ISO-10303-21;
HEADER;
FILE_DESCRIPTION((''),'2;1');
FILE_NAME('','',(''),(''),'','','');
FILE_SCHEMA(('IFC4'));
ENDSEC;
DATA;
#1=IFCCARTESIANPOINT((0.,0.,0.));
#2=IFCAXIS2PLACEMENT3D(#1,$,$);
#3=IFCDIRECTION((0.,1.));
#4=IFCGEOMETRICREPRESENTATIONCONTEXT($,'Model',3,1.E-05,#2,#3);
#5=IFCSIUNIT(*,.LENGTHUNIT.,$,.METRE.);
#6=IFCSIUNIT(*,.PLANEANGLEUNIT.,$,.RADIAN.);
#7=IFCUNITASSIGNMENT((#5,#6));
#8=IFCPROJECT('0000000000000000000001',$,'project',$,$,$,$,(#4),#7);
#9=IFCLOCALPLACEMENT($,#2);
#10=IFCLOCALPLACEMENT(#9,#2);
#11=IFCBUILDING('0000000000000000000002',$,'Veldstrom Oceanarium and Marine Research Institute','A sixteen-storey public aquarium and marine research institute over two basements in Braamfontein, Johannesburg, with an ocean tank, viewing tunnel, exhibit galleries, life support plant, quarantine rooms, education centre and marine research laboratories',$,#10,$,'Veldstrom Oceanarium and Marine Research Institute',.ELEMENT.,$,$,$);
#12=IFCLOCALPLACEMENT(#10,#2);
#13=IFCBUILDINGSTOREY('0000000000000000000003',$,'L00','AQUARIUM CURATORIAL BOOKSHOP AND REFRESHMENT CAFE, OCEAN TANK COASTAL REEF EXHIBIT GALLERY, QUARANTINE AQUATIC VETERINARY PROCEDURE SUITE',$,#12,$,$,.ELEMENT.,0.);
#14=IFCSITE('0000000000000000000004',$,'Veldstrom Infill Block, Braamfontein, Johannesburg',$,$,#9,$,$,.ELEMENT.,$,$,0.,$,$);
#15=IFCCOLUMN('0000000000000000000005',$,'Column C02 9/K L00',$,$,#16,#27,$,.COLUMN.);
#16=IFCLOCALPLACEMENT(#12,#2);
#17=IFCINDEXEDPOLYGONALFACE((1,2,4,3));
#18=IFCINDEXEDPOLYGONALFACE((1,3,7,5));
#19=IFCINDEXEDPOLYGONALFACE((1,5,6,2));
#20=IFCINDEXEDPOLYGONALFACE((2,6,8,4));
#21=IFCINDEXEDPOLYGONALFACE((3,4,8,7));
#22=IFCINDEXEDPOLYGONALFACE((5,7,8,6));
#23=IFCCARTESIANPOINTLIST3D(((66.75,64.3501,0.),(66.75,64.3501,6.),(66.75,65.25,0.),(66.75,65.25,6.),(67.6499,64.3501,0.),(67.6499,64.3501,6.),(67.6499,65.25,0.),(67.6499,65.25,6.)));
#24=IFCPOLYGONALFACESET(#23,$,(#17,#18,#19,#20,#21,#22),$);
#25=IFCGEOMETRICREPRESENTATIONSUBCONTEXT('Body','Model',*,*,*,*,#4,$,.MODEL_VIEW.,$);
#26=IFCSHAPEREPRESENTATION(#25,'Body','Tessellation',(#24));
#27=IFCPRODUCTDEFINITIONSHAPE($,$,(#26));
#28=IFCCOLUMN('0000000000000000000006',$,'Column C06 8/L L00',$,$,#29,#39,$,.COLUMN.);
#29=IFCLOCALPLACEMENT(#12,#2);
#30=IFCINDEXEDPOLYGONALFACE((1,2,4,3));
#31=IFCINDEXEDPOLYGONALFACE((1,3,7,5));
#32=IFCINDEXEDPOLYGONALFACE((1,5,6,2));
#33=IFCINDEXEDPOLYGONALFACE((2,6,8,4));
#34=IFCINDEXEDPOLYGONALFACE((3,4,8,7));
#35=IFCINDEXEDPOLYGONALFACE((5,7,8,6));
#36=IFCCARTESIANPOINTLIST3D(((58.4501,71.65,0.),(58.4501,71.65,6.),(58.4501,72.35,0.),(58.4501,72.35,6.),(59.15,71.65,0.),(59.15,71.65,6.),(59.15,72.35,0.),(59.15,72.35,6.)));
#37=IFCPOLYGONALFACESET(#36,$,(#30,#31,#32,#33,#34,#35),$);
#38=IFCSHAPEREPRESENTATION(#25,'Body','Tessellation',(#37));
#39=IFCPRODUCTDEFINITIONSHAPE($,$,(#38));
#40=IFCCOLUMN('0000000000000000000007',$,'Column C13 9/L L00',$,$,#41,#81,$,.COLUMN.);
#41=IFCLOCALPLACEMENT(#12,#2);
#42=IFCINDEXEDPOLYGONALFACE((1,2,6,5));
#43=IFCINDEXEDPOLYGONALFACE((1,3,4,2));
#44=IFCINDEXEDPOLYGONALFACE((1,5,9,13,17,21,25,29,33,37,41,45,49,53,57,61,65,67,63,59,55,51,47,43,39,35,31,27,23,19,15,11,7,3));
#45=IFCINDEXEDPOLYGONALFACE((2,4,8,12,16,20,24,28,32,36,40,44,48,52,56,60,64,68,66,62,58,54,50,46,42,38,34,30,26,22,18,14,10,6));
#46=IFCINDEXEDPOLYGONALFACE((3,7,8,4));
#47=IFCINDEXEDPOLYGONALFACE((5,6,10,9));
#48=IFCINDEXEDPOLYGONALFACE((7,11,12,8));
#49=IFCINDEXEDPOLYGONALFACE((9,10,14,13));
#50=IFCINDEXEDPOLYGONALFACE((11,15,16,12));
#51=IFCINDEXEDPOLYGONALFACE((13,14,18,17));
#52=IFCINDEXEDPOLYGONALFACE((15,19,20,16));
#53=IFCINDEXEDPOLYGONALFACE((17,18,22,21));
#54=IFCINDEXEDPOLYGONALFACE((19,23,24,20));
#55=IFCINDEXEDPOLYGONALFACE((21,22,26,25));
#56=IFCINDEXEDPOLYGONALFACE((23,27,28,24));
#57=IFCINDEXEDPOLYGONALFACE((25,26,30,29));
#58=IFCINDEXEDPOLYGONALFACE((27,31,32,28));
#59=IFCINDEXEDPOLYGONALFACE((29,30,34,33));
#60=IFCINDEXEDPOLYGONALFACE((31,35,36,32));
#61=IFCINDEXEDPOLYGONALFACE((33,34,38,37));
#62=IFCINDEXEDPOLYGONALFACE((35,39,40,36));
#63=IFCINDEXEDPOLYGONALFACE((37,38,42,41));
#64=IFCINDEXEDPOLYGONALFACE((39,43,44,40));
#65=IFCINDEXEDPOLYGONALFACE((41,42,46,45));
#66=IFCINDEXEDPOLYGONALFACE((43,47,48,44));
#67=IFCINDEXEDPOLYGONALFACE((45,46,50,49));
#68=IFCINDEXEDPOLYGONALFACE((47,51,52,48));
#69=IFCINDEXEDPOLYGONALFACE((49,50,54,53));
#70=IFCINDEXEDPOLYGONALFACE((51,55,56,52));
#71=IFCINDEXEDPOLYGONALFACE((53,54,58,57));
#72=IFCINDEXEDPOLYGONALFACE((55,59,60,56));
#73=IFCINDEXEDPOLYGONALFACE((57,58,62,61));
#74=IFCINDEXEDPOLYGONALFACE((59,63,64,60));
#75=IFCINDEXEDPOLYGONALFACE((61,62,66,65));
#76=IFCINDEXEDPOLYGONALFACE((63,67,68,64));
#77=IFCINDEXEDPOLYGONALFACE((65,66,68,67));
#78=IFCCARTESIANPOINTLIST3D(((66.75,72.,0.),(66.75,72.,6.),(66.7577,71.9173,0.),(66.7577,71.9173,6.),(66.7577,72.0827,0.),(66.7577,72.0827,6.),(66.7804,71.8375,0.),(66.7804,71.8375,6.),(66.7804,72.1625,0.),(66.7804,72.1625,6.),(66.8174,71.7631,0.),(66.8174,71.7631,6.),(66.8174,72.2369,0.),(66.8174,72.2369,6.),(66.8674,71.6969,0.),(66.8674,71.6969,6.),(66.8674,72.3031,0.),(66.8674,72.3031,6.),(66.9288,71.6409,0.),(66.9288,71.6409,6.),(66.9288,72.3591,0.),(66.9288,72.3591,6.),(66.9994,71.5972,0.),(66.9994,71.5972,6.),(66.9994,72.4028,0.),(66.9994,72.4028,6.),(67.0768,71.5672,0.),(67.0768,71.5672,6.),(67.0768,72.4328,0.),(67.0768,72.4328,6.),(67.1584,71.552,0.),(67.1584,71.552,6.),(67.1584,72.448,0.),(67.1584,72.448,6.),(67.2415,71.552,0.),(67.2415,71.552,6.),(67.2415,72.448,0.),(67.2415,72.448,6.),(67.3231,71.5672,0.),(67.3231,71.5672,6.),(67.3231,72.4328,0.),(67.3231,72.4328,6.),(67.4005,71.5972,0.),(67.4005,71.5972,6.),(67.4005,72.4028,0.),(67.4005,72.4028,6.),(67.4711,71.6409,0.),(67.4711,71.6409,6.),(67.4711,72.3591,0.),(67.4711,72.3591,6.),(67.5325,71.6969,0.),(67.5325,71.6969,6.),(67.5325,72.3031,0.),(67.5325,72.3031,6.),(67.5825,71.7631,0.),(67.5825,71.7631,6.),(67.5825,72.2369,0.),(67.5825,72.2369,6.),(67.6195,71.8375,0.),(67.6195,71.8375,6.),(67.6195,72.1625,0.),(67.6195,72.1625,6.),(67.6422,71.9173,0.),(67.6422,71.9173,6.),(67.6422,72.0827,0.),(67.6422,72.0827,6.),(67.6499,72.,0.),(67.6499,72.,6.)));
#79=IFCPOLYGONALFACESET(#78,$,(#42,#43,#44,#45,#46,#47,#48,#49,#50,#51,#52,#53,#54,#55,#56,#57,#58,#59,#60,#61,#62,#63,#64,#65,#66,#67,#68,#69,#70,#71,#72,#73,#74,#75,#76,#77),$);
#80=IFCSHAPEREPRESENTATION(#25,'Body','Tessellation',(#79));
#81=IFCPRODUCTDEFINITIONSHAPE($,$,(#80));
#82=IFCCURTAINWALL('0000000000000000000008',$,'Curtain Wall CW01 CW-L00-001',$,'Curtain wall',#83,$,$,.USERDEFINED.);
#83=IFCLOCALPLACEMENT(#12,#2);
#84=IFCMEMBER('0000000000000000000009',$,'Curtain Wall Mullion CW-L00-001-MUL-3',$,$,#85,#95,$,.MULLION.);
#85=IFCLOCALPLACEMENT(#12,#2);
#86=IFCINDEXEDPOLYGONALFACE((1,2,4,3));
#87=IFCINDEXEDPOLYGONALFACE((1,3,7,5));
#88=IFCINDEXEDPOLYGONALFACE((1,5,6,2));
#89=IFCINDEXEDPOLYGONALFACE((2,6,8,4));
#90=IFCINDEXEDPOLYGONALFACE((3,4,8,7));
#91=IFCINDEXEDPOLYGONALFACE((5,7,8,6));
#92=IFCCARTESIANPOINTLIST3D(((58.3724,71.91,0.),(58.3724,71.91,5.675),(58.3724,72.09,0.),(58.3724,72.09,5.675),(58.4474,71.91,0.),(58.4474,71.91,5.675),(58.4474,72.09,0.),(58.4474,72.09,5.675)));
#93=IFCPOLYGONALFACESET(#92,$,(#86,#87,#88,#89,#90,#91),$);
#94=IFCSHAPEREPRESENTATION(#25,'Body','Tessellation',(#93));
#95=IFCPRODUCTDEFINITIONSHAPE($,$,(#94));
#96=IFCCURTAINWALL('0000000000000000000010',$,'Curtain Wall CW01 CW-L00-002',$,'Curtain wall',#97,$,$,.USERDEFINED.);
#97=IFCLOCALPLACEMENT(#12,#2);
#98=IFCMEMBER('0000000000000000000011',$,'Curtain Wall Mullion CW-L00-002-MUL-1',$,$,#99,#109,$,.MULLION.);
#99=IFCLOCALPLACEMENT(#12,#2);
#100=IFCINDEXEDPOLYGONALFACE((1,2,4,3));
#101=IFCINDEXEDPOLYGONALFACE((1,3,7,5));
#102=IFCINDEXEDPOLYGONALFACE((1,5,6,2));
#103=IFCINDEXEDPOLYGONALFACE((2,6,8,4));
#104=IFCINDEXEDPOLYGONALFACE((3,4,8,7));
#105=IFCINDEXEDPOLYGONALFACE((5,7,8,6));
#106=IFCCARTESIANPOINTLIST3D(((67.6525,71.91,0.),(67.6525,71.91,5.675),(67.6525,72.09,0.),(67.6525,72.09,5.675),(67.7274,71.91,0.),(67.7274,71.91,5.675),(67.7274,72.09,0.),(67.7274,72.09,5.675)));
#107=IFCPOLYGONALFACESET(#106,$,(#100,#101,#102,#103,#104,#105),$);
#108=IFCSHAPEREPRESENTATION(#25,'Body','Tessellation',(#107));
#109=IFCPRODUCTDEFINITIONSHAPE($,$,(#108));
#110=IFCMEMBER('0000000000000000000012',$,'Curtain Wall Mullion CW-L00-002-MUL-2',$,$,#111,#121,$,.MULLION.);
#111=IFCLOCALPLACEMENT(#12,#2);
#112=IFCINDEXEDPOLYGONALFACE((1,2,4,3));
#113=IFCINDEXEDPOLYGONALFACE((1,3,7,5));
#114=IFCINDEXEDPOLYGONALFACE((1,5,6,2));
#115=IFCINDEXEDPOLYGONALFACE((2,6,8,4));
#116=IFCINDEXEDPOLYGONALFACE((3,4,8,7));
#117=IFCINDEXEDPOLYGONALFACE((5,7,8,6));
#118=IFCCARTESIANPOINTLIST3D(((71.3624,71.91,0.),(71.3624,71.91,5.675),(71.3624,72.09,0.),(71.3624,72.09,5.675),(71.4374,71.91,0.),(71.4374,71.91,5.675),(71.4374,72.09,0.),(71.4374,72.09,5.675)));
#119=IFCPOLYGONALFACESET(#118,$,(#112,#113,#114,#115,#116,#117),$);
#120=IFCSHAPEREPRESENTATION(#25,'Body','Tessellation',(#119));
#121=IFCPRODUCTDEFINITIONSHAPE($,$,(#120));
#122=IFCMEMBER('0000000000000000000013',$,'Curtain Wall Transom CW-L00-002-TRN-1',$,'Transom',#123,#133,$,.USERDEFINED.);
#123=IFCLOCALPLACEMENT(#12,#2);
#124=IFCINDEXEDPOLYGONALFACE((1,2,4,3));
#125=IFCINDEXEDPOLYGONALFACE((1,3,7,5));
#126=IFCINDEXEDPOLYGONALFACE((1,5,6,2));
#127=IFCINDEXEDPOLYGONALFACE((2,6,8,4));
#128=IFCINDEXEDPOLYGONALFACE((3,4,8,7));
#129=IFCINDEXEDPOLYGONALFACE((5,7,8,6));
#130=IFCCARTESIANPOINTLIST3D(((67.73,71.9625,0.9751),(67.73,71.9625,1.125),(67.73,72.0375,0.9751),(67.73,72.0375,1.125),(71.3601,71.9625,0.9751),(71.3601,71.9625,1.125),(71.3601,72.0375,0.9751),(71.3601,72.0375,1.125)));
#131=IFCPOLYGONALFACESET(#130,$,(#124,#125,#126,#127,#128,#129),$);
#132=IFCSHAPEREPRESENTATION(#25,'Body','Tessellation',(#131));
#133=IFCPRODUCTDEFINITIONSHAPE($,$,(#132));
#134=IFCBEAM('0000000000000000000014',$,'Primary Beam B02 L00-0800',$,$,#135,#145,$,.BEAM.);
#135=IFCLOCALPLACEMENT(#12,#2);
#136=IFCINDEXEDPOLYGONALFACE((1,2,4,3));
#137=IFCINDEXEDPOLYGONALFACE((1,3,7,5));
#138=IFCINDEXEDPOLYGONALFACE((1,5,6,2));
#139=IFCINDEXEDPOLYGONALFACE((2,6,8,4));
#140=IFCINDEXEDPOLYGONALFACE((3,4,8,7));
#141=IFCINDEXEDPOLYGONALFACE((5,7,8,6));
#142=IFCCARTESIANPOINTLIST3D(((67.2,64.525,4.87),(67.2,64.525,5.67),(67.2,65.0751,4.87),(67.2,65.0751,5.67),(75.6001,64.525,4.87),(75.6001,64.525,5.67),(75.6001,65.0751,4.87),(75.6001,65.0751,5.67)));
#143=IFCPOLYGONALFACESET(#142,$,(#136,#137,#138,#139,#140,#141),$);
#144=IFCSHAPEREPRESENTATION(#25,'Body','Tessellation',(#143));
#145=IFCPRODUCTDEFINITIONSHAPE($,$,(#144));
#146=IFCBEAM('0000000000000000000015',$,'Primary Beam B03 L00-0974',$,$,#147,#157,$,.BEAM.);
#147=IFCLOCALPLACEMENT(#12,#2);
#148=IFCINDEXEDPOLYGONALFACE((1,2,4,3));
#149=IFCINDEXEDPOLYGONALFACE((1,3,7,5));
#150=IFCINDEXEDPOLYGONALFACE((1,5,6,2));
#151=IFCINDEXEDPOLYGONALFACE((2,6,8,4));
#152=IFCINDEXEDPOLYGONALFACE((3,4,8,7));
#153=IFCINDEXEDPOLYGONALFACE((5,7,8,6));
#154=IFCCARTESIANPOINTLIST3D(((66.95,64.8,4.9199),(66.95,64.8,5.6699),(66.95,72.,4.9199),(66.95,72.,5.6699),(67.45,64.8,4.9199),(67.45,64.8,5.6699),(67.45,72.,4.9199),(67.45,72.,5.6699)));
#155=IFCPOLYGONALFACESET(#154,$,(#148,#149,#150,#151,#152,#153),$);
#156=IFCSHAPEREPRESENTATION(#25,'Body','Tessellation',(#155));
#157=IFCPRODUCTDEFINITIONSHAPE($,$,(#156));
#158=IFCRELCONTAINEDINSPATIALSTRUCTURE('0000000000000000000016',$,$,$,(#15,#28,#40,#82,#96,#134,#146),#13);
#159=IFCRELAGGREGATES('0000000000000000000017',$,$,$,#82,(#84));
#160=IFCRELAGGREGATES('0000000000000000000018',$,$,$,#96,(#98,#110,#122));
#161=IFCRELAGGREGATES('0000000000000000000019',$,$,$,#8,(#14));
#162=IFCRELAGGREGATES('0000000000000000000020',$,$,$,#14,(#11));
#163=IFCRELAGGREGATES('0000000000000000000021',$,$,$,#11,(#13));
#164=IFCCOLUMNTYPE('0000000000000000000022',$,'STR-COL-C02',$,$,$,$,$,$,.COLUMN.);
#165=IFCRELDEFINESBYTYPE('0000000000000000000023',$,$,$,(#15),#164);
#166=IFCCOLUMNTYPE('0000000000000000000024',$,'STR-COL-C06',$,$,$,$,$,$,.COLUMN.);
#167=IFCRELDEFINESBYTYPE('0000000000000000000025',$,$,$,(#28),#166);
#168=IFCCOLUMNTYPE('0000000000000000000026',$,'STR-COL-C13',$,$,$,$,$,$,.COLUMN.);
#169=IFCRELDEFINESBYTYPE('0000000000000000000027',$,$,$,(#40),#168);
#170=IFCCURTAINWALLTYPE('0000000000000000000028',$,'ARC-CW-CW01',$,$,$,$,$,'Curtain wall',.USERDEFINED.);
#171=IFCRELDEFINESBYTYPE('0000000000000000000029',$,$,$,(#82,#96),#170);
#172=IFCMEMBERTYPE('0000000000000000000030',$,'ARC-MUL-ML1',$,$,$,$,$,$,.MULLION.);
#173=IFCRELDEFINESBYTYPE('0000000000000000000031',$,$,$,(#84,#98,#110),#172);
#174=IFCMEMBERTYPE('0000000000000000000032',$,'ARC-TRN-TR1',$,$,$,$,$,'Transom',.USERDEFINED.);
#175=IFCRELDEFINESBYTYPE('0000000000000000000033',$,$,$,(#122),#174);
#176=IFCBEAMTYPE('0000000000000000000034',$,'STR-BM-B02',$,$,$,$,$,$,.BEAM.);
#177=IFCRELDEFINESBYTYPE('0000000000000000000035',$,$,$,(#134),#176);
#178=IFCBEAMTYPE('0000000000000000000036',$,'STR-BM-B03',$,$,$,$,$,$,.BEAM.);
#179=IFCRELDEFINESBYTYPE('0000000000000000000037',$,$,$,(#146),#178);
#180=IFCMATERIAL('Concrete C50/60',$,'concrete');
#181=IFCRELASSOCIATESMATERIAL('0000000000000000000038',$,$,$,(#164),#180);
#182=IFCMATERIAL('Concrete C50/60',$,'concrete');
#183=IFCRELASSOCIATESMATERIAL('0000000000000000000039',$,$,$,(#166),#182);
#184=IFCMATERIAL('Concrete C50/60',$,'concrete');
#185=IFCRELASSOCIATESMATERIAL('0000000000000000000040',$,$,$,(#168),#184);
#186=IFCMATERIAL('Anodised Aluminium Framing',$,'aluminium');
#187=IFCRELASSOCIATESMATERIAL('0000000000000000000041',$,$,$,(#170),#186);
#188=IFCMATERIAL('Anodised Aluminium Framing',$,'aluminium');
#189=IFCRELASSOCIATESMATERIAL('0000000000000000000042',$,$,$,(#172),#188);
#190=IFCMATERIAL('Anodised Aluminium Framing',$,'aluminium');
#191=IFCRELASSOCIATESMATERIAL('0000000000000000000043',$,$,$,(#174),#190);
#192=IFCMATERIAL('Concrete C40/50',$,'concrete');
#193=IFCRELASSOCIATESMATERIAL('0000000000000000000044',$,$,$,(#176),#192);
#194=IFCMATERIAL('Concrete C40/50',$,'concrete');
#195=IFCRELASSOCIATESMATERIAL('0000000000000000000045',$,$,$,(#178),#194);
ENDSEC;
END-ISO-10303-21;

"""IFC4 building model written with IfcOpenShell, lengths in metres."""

from ifc_helpers import new_model, si_unit, direction, frame, origin, origin_2d, place, context, subcontext, project, spatial, rectangle, circle, extrude, material, material_profile, profile_set, type_object, element, aggregate, save


model = new_model("IFC4")

# Units and contexts
model_context = context("Model", 3, precision=1e-05, world=origin(), true_north=direction((0.0, 1.0)))
body_context = subcontext(model_context, "Body", "Model", "MODEL_VIEW")
ifc_project = project(units=[si_unit("LENGTHUNIT", "METRE"), si_unit("PLANEANGLEUNIT", "RADIAN")], contexts=[model_context])

# Site, building, storey
site_placement = place(None, origin())
site = spatial("IfcSite", under=ifc_project, at=site_placement, Name="Veldstrom Infill Block, Braamfontein, Johannesburg", CompositionType="ELEMENT", RefElevation=0.0)
building_placement = place(site_placement, origin())
building = spatial("IfcBuilding", under=site, at=building_placement, Name="Veldstrom Oceanarium and Marine Research Institute", Description="A sixteen-storey public aquarium and marine research institute over two basements in Braamfontein, Johannesburg, with an ocean tank, viewing tunnel, exhibit galleries, life support plant, quarantine rooms, education centre and marine research laboratories", LongName="Veldstrom Oceanarium and Marine Research Institute", CompositionType="ELEMENT")
storey_placement = place(building_placement, origin())
storey = spatial("IfcBuildingStorey", under=building, at=storey_placement, Name="L00", Description="AQUARIUM CURATORIAL BOOKSHOP AND REFRESHMENT CAFE, OCEAN TANK COASTAL REEF EXHIBIT GALLERY, QUARANTINE AQUATIC VETERINARY PROCEDURE SUITE", CompositionType="ELEMENT", Elevation=0.0)

# Columns
ifc_material_1 = material(Name="Concrete C50/60", Category="concrete")
ifc_material_profile_1 = material_profile(ifc_material_1, rectangle(XDim=0.8999, YDim=0.8999, at=origin_2d()), Name="RC-COL-900x900")
ifc_profile_set_1 = profile_set([ifc_material_profile_1], Name="Concrete C50/60")
column_type_1 = type_object("IfcColumnType", Name="STR-COL-C02", PredefinedType="COLUMN", material=ifc_profile_set_1)
column_1_placement = place(storey_placement, frame((67.2, 64.8, 0.0), z_axis=(0.0, 0.0, 1.0), x_axis=(1.0, 0.0, 0.0)))
element("IfcColumn", 1, at=column_1_placement, inside=storey, type_object=column_type_1, Name="Column C02 9/K L00", PredefinedType="COLUMN", context=body_context, shape_type="SweptSolid", body=[
    extrude(rectangle(XDim=0.8999, YDim=0.8999, at=origin_2d()), origin(), (0.0, 0.0, 1.0), 6.0),
])
ifc_material_2 = material(Name="Concrete C50/60", Category="concrete")
ifc_material_profile_2 = material_profile(ifc_material_2, rectangle(XDim=0.7, YDim=0.7, at=origin_2d()), Name="RC-COL-700x700")
ifc_profile_set_2 = profile_set([ifc_material_profile_2], Name="Concrete C50/60")
column_type_2 = type_object("IfcColumnType", Name="STR-COL-C06", PredefinedType="COLUMN", material=ifc_profile_set_2)
column_2_placement = place(storey_placement, frame((58.8, 72.0, 0.0), z_axis=(0.0, 0.0, 1.0), x_axis=(1.0, 0.0, 0.0)))
element("IfcColumn", 2, at=column_2_placement, inside=storey, type_object=column_type_2, Name="Column C06 8/L L00", PredefinedType="COLUMN", context=body_context, shape_type="SweptSolid", body=[
    extrude(rectangle(XDim=0.7, YDim=0.7, at=origin_2d()), origin(), (0.0, 0.0, 1.0), 6.0),
])
ifc_material_3 = material(Name="Concrete C50/60", Category="concrete")
ifc_material_profile_3 = material_profile(ifc_material_3, circle(Radius=0.45, at=origin_2d()), Name="RC-COL-D900")
ifc_profile_set_3 = profile_set([ifc_material_profile_3], Name="Concrete C50/60")
column_type_3 = type_object("IfcColumnType", Name="STR-COL-C13", PredefinedType="COLUMN", material=ifc_profile_set_3)
column_3_placement = place(storey_placement, frame((67.2, 72.0, 0.0), z_axis=(0.0, 0.0, 1.0), x_axis=(1.0, 0.0, 0.0)))
element("IfcColumn", 3, at=column_3_placement, inside=storey, type_object=column_type_3, Name="Column C13 9/L L00", PredefinedType="COLUMN", context=body_context, shape_type="SweptSolid", body=[
    extrude(circle(Radius=0.45, at=origin_2d()), origin(), (0.0, 0.0, 1.0), 6.0),
])

# Curtain wall, member
ifc_material_4 = material(Name="Anodised Aluminium Framing", Category="aluminium")
curtain_wall_type = type_object("IfcCurtainWallType", Name="ARC-CW-CW01", ElementType="Curtain wall", PredefinedType="USERDEFINED", material=ifc_material_4)
curtain_wall_1_placement = place(storey_placement, origin())
curtain_wall_1 = element("IfcCurtainWall", 4, at=curtain_wall_1_placement, inside=storey, type_object=curtain_wall_type, Name="Curtain Wall CW01 CW-L00-001", ObjectType="Curtain wall", PredefinedType="USERDEFINED")
ifc_material_5 = material(Name="Anodised Aluminium Framing", Category="aluminium")
ifc_material_profile_4 = material_profile(ifc_material_5, rectangle(XDim=0.075, YDim=0.1799, at=origin_2d()), Name="ALU-MUL-75x180")
ifc_profile_set_4 = profile_set([ifc_material_profile_4], Name="Anodised Aluminium Framing")
member_type_1 = type_object("IfcMemberType", Name="ARC-MUL-ML1", PredefinedType="MULLION", material=ifc_profile_set_4)
member_1_placement = place(storey_placement, frame((58.4099, 72.0, 0.0), z_axis=(0.0, 0.0, 1.0), x_axis=(1.0, 0.0, 0.0)))
member_1 = element("IfcMember", 5, at=member_1_placement, type_object=member_type_1, Name="Curtain Wall Mullion CW-L00-001-MUL-3", PredefinedType="MULLION", context=body_context, shape_type="SweptSolid", body=[
    extrude(rectangle(XDim=0.075, YDim=0.1799, at=origin_2d()), origin(), (0.0, 0.0, 1.0), 5.675),
])

# Curtain wall, members
curtain_wall_2_placement = place(storey_placement, origin())
curtain_wall_2 = element("IfcCurtainWall", 6, at=curtain_wall_2_placement, inside=storey, type_object=curtain_wall_type, Name="Curtain Wall CW01 CW-L00-002", ObjectType="Curtain wall", PredefinedType="USERDEFINED")
member_2_placement = place(storey_placement, frame((67.6899, 72.0, 0.0), z_axis=(0.0, 0.0, 1.0), x_axis=(1.0, 0.0, 0.0)))
member_2 = element("IfcMember", 7, at=member_2_placement, type_object=member_type_1, Name="Curtain Wall Mullion CW-L00-002-MUL-1", PredefinedType="MULLION", context=body_context, shape_type="SweptSolid", body=[
    extrude(rectangle(XDim=0.075, YDim=0.1799, at=origin_2d()), origin(), (0.0, 0.0, 1.0), 5.675),
])
member_3_placement = place(storey_placement, frame((71.3999, 72.0, 0.0), z_axis=(0.0, 0.0, 1.0), x_axis=(1.0, 0.0, 0.0)))
member_3 = element("IfcMember", 8, at=member_3_placement, type_object=member_type_1, Name="Curtain Wall Mullion CW-L00-002-MUL-2", PredefinedType="MULLION", context=body_context, shape_type="SweptSolid", body=[
    extrude(rectangle(XDim=0.075, YDim=0.1799, at=origin_2d()), origin(), (0.0, 0.0, 1.0), 5.675),
])
ifc_material_6 = material(Name="Anodised Aluminium Framing", Category="aluminium")
ifc_material_profile_5 = material_profile(ifc_material_6, rectangle(XDim=0.075, YDim=0.1499, at=origin_2d()), Name="ALU-TRN-75x150")
ifc_profile_set_5 = profile_set([ifc_material_profile_5], Name="Anodised Aluminium Framing")
member_type_2 = type_object("IfcMemberType", Name="ARC-TRN-TR1", ElementType="Transom", PredefinedType="USERDEFINED", material=ifc_profile_set_5)
member_4_placement = place(storey_placement, frame((67.73, 72.0, 1.05), z_axis=(1.0, 0.0, 0.0), x_axis=(0.0, 1.0, 0.0)))
member_4 = element("IfcMember", 9, at=member_4_placement, type_object=member_type_2, Name="Curtain Wall Transom CW-L00-002-TRN-1", ObjectType="Transom", PredefinedType="USERDEFINED", context=body_context, shape_type="SweptSolid", body=[
    extrude(rectangle(XDim=0.075, YDim=0.1499, at=origin_2d()), origin(), (0.0, 0.0, 1.0), 3.6301),
])

# Beams
ifc_material_7 = material(Name="Concrete C40/50", Category="concrete")
ifc_material_profile_6 = material_profile(ifc_material_7, rectangle(XDim=0.55, YDim=0.8, at=origin_2d()), Name="RC-BM-550x800")
ifc_profile_set_6 = profile_set([ifc_material_profile_6], Name="Concrete C40/50")
beam_type_1 = type_object("IfcBeamType", Name="STR-BM-B02", PredefinedType="BEAM", material=ifc_profile_set_6)
beam_1_placement = place(storey_placement, frame((67.2, 64.8, 5.27), z_axis=(1.0, 0.0, 0.0), x_axis=(0.0, 1.0, 0.0)))
element("IfcBeam", 10, at=beam_1_placement, inside=storey, type_object=beam_type_1, Name="Primary Beam B02 L00-0800", PredefinedType="BEAM", context=body_context, shape_type="SweptSolid", body=[
    extrude(rectangle(XDim=0.55, YDim=0.8, at=origin_2d()), origin(), (0.0, 0.0, 1.0), 8.4001),
])
ifc_material_8 = material(Name="Concrete C40/50", Category="concrete")
ifc_material_profile_7 = material_profile(ifc_material_8, rectangle(XDim=0.5, YDim=0.75, at=origin_2d()), Name="RC-BM-500x750")
ifc_profile_set_7 = profile_set([ifc_material_profile_7], Name="Concrete C40/50")
beam_type_2 = type_object("IfcBeamType", Name="STR-BM-B03", PredefinedType="BEAM", material=ifc_profile_set_7)
beam_2_placement = place(storey_placement, frame((67.2, 64.8, 5.2949), z_axis=(0.0, 1.0, 0.0), x_axis=(-1.0, 0.0, 0.0)))
element("IfcBeam", 11, at=beam_2_placement, inside=storey, type_object=beam_type_2, Name="Primary Beam B03 L00-0974", PredefinedType="BEAM", context=body_context, shape_type="SweptSolid", body=[
    extrude(rectangle(XDim=0.5, YDim=0.75, at=origin_2d()), origin(), (0.0, 0.0, 1.0), 7.2),
])

aggregate(curtain_wall_1, [member_1])
aggregate(curtain_wall_2, [member_2, member_3, member_4])

save(model, "model.ifc")
